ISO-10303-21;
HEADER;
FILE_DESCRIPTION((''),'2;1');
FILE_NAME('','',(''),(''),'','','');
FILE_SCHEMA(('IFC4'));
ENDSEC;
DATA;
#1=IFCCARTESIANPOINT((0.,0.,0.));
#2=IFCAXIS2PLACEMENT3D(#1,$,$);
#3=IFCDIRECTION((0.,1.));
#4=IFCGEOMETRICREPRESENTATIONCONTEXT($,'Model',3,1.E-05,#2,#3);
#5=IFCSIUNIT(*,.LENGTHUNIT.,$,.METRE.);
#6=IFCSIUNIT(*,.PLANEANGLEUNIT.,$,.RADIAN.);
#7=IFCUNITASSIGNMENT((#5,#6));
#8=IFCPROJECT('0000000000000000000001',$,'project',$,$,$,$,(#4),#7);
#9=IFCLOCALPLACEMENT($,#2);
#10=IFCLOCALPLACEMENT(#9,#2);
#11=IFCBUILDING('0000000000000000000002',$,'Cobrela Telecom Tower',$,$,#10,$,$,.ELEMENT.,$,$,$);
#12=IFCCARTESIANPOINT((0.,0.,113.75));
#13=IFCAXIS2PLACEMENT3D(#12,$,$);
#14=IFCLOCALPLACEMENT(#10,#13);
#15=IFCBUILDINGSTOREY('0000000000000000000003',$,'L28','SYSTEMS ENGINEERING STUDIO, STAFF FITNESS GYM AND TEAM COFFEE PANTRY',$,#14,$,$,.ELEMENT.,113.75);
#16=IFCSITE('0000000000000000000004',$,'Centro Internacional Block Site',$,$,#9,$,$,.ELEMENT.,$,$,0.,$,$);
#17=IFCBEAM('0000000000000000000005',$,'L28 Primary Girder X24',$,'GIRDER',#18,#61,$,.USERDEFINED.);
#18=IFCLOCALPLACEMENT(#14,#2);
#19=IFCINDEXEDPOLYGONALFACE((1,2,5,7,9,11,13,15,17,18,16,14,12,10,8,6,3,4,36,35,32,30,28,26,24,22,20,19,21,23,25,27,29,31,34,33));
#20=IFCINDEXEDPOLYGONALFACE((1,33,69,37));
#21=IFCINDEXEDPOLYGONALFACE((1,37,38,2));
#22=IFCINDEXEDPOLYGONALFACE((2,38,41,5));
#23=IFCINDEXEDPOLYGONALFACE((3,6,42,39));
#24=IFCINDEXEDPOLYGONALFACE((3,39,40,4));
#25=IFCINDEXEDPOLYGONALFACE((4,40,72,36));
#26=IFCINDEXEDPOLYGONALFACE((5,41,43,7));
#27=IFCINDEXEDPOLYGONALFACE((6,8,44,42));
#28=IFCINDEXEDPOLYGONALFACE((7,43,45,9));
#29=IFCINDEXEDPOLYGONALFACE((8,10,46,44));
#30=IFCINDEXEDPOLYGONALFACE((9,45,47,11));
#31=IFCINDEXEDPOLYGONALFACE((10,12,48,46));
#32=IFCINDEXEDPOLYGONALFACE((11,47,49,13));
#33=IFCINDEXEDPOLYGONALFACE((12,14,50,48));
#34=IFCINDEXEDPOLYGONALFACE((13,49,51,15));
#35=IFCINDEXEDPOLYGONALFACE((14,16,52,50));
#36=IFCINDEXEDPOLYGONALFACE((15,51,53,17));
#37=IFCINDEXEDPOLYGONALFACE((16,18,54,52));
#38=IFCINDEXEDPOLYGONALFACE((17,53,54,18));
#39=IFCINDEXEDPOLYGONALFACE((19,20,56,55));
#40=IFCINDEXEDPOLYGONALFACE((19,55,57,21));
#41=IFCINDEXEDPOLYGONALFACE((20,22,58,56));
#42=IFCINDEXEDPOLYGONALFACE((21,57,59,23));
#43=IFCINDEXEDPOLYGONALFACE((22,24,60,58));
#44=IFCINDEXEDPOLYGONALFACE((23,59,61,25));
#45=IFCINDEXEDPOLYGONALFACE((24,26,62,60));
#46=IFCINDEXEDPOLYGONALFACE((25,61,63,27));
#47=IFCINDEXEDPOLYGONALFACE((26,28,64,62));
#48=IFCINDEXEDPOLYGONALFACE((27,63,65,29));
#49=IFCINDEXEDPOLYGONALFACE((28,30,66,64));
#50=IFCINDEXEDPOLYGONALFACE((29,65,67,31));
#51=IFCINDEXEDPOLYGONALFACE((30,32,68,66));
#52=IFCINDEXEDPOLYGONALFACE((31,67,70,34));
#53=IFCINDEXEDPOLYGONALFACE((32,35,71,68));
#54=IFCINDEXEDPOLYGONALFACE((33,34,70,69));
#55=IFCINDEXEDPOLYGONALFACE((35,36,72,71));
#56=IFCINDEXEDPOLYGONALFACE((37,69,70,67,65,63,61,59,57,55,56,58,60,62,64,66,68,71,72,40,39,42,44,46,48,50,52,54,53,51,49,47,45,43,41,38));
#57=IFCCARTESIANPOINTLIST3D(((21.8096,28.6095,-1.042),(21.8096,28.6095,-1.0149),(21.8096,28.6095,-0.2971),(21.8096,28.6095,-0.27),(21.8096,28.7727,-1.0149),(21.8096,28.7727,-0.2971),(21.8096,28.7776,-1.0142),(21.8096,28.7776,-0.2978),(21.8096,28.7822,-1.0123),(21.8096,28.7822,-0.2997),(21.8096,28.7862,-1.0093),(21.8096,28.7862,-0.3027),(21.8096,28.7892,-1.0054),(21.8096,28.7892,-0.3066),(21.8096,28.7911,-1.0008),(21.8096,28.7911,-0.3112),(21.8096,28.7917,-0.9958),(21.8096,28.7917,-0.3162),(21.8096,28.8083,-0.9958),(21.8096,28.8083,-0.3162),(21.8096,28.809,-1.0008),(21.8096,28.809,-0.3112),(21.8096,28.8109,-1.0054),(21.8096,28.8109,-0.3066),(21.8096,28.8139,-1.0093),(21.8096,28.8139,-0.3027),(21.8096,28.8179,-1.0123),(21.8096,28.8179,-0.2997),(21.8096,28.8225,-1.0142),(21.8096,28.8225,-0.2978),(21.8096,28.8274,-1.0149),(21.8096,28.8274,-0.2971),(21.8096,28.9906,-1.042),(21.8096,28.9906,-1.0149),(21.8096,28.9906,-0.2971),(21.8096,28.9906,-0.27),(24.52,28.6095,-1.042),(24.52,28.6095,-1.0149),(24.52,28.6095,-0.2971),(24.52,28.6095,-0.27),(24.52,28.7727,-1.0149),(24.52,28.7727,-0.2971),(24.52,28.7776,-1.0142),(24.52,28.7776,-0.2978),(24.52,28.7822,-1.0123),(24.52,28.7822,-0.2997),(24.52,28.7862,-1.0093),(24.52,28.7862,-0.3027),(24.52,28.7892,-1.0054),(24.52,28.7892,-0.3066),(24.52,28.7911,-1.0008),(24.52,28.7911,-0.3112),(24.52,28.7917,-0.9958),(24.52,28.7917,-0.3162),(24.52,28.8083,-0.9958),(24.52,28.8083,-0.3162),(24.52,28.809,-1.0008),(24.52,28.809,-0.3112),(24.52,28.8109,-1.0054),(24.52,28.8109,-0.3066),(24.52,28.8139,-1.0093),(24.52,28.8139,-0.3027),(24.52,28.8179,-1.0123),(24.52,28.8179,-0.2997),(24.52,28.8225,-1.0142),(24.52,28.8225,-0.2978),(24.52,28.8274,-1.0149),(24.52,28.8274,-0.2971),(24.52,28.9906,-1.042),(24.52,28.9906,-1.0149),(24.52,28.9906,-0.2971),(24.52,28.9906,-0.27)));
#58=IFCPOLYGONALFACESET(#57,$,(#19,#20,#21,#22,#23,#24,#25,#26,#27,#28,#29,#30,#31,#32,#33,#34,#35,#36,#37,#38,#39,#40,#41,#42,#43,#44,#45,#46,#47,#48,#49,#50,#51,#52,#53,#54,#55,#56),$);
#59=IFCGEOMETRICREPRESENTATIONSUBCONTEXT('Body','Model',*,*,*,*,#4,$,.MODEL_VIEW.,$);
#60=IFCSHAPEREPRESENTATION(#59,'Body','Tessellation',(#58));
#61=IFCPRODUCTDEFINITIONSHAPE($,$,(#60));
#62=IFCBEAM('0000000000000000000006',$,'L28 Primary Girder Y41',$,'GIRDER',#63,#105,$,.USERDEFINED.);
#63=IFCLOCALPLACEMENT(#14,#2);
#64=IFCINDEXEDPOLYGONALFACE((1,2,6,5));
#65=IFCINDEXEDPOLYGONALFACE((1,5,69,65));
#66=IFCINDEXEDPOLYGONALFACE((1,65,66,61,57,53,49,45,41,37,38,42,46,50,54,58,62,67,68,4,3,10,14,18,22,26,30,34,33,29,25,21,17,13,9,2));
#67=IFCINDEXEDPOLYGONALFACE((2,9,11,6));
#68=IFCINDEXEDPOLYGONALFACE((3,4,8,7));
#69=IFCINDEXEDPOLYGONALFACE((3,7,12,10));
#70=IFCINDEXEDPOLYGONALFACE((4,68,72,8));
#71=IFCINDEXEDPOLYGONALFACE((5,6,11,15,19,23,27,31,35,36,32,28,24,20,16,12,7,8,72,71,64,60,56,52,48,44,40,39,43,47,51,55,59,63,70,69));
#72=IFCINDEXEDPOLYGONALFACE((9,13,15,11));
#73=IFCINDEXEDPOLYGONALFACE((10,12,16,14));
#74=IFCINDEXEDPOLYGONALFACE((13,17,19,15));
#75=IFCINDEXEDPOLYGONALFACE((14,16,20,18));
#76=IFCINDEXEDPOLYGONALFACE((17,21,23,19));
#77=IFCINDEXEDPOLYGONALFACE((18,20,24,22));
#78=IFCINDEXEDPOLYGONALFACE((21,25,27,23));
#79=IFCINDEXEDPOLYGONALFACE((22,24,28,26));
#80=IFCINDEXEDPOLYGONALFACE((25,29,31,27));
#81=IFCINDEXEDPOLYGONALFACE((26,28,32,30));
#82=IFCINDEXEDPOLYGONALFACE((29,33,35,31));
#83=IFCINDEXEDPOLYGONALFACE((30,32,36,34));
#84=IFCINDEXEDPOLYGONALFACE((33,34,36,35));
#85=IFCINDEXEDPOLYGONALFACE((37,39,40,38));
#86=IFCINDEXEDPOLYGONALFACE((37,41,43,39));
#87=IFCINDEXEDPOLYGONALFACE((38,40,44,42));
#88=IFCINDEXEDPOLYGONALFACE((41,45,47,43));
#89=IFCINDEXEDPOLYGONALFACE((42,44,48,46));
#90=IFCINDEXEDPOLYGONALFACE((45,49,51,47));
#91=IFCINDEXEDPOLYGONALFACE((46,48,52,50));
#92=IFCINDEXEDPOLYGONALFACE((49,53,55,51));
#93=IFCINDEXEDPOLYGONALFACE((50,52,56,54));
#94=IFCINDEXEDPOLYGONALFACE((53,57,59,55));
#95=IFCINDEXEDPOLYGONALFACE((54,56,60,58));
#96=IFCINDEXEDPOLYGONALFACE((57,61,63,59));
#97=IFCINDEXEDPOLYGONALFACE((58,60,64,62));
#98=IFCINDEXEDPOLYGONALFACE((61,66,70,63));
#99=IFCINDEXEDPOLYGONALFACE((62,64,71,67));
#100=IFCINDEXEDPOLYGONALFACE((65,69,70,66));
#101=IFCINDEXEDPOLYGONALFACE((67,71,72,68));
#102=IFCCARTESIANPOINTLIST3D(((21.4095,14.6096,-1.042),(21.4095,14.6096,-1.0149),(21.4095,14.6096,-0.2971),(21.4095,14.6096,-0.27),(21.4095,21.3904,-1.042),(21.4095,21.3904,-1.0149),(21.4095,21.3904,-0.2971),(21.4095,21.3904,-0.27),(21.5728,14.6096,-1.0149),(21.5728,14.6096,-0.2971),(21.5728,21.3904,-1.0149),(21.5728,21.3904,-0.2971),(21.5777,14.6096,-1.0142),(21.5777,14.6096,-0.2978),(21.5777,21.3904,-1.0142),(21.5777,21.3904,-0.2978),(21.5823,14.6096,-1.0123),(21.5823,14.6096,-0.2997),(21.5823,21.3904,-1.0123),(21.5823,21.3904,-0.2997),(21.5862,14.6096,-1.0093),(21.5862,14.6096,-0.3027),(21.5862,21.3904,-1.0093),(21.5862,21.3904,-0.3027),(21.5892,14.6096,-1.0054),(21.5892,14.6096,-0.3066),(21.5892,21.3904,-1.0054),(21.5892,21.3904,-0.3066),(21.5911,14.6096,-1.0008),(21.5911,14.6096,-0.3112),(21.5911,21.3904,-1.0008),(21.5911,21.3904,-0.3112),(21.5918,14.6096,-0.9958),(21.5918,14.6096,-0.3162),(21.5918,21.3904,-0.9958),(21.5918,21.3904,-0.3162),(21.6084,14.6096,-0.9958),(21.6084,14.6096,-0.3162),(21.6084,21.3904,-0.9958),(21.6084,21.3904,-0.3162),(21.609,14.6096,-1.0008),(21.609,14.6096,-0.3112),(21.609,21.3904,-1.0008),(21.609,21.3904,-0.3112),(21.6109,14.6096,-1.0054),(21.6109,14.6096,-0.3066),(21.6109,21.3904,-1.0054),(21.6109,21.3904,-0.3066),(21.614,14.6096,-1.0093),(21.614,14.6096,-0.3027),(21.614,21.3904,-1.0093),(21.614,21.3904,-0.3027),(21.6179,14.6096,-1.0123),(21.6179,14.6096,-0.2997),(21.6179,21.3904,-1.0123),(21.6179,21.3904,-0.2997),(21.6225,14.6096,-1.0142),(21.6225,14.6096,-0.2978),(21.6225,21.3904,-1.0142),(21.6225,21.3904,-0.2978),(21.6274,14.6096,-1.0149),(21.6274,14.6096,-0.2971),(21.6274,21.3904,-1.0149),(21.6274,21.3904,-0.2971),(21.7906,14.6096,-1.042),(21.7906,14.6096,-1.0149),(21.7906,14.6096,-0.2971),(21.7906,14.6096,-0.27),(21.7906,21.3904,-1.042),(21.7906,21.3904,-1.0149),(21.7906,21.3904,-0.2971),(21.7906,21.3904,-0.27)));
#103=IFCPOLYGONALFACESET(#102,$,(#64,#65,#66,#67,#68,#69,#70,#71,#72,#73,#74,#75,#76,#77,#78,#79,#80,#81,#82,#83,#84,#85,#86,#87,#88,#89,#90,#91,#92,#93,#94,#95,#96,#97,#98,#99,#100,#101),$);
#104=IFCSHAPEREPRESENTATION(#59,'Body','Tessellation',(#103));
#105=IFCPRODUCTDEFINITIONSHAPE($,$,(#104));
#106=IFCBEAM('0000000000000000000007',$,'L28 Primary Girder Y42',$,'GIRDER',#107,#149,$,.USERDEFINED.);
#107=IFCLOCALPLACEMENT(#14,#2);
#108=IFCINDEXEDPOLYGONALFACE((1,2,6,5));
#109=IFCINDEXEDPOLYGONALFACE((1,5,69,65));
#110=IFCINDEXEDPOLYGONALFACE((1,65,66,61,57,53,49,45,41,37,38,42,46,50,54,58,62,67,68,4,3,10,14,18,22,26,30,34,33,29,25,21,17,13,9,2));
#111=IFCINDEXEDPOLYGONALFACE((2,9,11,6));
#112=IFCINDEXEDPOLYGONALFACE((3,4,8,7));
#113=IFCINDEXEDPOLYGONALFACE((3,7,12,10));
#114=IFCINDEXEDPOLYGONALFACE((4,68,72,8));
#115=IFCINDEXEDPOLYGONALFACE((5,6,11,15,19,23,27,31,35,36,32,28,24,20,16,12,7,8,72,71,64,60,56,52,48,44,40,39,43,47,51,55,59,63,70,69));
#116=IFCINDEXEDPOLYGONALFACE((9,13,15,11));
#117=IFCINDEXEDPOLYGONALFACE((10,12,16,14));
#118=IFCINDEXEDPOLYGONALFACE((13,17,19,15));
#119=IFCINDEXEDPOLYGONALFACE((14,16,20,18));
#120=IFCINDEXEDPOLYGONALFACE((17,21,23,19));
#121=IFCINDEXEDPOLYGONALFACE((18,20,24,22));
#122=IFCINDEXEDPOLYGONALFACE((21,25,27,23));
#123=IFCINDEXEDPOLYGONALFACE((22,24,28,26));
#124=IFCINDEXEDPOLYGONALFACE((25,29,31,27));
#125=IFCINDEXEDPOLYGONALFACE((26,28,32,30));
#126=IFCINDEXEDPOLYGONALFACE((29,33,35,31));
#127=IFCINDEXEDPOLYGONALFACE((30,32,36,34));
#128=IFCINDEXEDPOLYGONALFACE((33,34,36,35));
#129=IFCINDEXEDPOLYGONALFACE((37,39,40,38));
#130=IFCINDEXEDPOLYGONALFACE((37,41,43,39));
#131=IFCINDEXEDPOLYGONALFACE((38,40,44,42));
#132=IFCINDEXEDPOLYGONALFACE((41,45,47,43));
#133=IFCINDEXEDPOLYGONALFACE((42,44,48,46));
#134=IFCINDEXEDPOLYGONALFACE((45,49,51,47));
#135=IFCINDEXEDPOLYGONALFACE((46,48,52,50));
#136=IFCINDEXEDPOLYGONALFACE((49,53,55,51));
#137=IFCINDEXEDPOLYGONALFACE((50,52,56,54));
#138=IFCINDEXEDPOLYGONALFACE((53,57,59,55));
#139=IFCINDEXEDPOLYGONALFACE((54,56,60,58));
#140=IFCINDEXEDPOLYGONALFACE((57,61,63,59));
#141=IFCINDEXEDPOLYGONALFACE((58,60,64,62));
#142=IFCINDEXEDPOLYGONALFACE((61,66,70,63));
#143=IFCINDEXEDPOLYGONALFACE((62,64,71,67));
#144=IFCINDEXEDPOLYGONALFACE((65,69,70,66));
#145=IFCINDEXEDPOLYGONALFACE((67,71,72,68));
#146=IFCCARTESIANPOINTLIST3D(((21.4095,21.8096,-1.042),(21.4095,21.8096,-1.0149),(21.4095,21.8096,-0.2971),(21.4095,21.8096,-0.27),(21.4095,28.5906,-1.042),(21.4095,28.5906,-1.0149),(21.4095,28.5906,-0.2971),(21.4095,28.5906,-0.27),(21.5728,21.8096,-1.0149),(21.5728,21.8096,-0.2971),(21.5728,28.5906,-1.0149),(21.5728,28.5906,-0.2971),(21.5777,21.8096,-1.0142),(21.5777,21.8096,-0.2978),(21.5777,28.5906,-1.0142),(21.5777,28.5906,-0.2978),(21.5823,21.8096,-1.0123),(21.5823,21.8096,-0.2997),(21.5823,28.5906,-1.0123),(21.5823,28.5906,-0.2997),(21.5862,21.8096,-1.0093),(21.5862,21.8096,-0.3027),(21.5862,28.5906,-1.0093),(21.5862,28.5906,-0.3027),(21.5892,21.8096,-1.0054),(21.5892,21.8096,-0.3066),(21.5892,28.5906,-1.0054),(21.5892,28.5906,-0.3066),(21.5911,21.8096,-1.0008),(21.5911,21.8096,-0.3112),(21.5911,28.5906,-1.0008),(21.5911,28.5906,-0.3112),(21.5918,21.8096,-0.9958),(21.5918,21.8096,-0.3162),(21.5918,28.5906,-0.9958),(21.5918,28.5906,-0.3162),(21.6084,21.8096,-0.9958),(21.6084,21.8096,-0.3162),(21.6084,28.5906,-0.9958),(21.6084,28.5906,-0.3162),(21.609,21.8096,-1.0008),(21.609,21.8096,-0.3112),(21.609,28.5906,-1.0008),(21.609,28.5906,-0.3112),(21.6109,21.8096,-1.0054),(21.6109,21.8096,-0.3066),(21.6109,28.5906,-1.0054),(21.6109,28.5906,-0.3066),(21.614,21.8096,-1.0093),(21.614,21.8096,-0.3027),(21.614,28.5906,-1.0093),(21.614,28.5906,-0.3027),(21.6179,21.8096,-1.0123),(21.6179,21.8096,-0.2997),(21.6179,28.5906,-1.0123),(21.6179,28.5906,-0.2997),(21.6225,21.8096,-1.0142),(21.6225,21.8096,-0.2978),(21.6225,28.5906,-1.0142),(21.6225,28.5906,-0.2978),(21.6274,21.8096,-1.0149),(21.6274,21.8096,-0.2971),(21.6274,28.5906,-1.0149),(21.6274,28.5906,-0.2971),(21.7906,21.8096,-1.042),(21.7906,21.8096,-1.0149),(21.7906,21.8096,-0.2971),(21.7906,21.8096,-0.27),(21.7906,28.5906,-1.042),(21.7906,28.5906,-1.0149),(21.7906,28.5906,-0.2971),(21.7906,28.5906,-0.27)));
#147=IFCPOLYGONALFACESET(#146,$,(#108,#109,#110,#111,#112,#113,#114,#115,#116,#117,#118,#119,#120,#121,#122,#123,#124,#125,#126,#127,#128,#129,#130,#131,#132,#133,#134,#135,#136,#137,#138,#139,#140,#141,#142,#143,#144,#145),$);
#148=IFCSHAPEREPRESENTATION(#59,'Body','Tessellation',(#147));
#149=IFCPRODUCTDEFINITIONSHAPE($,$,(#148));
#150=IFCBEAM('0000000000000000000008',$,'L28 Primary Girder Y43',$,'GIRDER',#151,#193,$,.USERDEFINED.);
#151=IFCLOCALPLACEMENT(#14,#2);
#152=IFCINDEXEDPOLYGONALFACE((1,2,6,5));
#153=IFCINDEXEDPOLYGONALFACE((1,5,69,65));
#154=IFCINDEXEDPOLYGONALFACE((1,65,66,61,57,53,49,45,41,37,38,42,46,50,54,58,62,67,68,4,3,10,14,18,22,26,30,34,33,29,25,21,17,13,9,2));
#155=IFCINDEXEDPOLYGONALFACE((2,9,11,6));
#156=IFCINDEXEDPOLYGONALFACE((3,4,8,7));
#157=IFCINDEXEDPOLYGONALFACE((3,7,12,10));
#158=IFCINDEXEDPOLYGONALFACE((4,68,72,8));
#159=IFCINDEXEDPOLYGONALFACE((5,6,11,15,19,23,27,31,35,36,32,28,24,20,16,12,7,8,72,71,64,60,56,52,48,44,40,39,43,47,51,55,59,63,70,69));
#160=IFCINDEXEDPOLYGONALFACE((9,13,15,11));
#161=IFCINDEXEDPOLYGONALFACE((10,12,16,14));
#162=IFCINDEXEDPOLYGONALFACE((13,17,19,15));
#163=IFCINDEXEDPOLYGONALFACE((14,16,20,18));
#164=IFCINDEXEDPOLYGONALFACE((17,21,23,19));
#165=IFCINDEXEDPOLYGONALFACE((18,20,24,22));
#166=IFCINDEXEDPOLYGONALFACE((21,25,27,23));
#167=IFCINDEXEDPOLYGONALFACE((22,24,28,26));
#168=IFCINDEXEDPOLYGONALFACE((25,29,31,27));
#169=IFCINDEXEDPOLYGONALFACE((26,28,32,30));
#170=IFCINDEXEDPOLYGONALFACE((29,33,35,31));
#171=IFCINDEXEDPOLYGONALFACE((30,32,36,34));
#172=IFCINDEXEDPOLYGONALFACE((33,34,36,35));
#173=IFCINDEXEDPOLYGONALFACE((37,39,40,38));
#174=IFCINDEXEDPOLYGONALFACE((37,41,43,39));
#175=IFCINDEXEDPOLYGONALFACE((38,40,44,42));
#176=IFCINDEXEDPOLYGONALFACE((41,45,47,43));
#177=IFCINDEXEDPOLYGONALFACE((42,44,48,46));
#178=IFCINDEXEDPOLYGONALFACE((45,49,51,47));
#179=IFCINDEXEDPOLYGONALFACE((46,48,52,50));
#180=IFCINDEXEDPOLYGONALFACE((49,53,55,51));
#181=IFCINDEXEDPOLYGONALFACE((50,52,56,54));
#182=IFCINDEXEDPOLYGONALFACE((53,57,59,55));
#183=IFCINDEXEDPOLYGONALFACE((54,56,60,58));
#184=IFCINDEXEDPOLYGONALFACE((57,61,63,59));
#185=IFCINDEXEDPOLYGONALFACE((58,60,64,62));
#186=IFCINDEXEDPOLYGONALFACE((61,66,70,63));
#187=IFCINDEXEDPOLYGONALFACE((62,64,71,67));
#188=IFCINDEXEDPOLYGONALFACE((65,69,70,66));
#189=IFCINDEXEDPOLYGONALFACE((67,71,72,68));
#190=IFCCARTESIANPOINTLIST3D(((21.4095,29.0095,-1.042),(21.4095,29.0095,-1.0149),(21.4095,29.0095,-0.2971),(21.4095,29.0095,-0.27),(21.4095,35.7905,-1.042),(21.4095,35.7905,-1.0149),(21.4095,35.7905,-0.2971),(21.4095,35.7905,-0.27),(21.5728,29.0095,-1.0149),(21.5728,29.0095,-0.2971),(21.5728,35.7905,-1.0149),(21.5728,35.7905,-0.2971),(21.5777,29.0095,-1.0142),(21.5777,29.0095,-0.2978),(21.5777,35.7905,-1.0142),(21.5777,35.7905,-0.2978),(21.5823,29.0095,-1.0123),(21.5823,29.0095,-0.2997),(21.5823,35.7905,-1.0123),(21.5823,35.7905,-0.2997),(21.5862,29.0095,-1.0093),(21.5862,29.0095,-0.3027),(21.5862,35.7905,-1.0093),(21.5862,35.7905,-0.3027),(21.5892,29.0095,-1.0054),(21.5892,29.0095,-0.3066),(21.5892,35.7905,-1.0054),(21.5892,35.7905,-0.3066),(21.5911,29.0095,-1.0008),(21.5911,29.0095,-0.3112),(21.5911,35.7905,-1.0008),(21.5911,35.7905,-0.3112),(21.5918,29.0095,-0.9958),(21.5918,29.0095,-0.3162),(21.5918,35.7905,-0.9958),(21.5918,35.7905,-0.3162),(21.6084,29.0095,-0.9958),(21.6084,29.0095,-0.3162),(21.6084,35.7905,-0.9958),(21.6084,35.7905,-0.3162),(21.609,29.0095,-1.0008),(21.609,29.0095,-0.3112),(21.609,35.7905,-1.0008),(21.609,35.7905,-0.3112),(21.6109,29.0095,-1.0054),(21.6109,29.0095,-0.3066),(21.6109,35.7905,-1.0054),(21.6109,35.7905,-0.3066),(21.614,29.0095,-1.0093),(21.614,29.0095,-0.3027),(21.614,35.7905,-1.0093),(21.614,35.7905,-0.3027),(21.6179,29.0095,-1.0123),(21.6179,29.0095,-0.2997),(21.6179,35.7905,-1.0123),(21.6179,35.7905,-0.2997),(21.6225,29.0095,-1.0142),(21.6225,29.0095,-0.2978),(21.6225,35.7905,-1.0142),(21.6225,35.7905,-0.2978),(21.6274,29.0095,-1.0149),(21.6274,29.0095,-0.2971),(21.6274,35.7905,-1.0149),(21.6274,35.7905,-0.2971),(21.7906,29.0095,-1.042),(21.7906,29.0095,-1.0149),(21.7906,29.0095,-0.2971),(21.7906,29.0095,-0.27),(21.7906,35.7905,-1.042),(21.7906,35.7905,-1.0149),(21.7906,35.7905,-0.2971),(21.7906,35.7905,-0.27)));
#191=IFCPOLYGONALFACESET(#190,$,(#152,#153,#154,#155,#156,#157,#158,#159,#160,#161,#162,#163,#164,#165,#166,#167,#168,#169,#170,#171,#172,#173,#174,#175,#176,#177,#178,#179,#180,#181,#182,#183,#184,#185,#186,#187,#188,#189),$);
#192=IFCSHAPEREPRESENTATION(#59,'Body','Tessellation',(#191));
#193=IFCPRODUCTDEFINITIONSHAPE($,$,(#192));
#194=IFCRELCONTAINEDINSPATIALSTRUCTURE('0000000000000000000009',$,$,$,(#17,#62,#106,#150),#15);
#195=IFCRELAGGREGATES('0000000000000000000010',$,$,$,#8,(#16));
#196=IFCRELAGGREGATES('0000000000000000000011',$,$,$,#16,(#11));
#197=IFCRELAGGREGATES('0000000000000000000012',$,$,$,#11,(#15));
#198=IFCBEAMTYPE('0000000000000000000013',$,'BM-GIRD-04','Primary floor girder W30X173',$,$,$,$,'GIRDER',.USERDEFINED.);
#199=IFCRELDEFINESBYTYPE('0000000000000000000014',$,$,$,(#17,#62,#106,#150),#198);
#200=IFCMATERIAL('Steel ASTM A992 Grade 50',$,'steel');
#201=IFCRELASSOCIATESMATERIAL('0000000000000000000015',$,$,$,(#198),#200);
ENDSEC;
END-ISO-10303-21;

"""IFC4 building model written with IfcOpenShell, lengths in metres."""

from ifc_helpers import new_model, si_unit, direction, frame, origin, origin_2d, place, context, subcontext, project, spatial, i_section, extrude, material, material_profile, profile_set, type_object, element, save


model = new_model("IFC4")

# Units and contexts
model_context = context("Model", 3, precision=1e-05, world=origin(), true_north=direction((0.0, 1.0)))
body_context = subcontext(model_context, "Body", "Model", "MODEL_VIEW")
ifc_project = project(units=[si_unit("LENGTHUNIT", "METRE"), si_unit("PLANEANGLEUNIT", "RADIAN")], contexts=[model_context])

# Site, building, storey
site_placement = place(None, origin())
site = spatial("IfcSite", under=ifc_project, at=site_placement, Name="Centro Internacional Block Site", CompositionType="ELEMENT", RefElevation=0.0)
building_placement = place(site_placement, origin())
building = spatial("IfcBuilding", under=site, at=building_placement, Name="Cobrela Telecom Tower", CompositionType="ELEMENT")
storey_placement = place(building_placement, frame((0.0, 0.0, 113.75)))
storey = spatial("IfcBuildingStorey", under=building, at=storey_placement, Name="L28", Description="SYSTEMS ENGINEERING STUDIO, STAFF FITNESS GYM AND TEAM COFFEE PANTRY", CompositionType="ELEMENT", Elevation=113.75)

# Shared definitions
ifc_material_1 = material(Name="Steel ASTM A992 Grade 50", Category="steel")

# Beams
ifc_material_profile_1 = material_profile(ifc_material_1, i_section(OverallWidth=0.3811, OverallDepth=0.772, WebThickness=0.0166, FlangeThickness=0.0271, FilletRadius=0.019, at=origin_2d()), Name="W30X173")
ifc_profile_set_1 = profile_set([ifc_material_profile_1], Name="Steel ASTM A992 Grade 50")
beam_type_1 = type_object("IfcBeamType", Name="BM-GIRD-04", Description="Primary floor girder W30X173", ElementType="GIRDER", PredefinedType="USERDEFINED", material=ifc_profile_set_1)
beam_1_placement = place(storey_placement, frame((21.8096, 28.8, -0.656), z_axis=(1.0, 0.0, 0.0), x_axis=(0.0, 1.0, 0.0)))
element("IfcBeam", 1, at=beam_1_placement, inside=storey, type_object=beam_type_1, Name="L28 Primary Girder X24", ObjectType="GIRDER", PredefinedType="USERDEFINED", context=body_context, shape_type="SweptSolid", body=[
    extrude(i_section(OverallWidth=0.3811, OverallDepth=0.772, WebThickness=0.0166, FlangeThickness=0.0271, FilletRadius=0.019, at=origin_2d()), origin(), (0.0, 0.0, 1.0), 2.7104),
])
beam_2_placement = place(storey_placement, frame((21.6001, 14.6096, -0.656), z_axis=(0.0, 1.0, 0.0), x_axis=(-1.0, 0.0, 0.0)))
element("IfcBeam", 2, at=beam_2_placement, inside=storey, type_object=beam_type_1, Name="L28 Primary Girder Y41", ObjectType="GIRDER", PredefinedType="USERDEFINED", context=body_context, shape_type="SweptSolid", body=[
    extrude(i_section(OverallWidth=0.3811, OverallDepth=0.772, WebThickness=0.0166, FlangeThickness=0.0271, FilletRadius=0.019, at=origin_2d()), origin(), (0.0, 0.0, 1.0), 6.7808),
])
for number, where, z_axis, x_axis, name in (
    (3, (21.6001, 21.8096, -0.656), (0.0, 1.0, 0.0), (-1.0, 0.0, 0.0), "L28 Primary Girder Y42"),
    (4, (21.6001, 29.0095, -0.656), (0.0, 1.0, 0.0), (-1.0, 0.0, 0.0), "L28 Primary Girder Y43"),
):
    element("IfcBeam", number, at=place(storey_placement, frame(where, z_axis=z_axis, x_axis=x_axis)), inside=storey, type_object=beam_type_1, Name=name, ObjectType="GIRDER", PredefinedType="USERDEFINED", context=body_context, shape_type="SweptSolid", body=[
        extrude(i_section(OverallWidth=0.3811, OverallDepth=0.772, WebThickness=0.0166, FlangeThickness=0.0271, FilletRadius=0.019, at=origin_2d()), origin(), (0.0, 0.0, 1.0), 6.781),
    ])

save(model, "model.ifc")
